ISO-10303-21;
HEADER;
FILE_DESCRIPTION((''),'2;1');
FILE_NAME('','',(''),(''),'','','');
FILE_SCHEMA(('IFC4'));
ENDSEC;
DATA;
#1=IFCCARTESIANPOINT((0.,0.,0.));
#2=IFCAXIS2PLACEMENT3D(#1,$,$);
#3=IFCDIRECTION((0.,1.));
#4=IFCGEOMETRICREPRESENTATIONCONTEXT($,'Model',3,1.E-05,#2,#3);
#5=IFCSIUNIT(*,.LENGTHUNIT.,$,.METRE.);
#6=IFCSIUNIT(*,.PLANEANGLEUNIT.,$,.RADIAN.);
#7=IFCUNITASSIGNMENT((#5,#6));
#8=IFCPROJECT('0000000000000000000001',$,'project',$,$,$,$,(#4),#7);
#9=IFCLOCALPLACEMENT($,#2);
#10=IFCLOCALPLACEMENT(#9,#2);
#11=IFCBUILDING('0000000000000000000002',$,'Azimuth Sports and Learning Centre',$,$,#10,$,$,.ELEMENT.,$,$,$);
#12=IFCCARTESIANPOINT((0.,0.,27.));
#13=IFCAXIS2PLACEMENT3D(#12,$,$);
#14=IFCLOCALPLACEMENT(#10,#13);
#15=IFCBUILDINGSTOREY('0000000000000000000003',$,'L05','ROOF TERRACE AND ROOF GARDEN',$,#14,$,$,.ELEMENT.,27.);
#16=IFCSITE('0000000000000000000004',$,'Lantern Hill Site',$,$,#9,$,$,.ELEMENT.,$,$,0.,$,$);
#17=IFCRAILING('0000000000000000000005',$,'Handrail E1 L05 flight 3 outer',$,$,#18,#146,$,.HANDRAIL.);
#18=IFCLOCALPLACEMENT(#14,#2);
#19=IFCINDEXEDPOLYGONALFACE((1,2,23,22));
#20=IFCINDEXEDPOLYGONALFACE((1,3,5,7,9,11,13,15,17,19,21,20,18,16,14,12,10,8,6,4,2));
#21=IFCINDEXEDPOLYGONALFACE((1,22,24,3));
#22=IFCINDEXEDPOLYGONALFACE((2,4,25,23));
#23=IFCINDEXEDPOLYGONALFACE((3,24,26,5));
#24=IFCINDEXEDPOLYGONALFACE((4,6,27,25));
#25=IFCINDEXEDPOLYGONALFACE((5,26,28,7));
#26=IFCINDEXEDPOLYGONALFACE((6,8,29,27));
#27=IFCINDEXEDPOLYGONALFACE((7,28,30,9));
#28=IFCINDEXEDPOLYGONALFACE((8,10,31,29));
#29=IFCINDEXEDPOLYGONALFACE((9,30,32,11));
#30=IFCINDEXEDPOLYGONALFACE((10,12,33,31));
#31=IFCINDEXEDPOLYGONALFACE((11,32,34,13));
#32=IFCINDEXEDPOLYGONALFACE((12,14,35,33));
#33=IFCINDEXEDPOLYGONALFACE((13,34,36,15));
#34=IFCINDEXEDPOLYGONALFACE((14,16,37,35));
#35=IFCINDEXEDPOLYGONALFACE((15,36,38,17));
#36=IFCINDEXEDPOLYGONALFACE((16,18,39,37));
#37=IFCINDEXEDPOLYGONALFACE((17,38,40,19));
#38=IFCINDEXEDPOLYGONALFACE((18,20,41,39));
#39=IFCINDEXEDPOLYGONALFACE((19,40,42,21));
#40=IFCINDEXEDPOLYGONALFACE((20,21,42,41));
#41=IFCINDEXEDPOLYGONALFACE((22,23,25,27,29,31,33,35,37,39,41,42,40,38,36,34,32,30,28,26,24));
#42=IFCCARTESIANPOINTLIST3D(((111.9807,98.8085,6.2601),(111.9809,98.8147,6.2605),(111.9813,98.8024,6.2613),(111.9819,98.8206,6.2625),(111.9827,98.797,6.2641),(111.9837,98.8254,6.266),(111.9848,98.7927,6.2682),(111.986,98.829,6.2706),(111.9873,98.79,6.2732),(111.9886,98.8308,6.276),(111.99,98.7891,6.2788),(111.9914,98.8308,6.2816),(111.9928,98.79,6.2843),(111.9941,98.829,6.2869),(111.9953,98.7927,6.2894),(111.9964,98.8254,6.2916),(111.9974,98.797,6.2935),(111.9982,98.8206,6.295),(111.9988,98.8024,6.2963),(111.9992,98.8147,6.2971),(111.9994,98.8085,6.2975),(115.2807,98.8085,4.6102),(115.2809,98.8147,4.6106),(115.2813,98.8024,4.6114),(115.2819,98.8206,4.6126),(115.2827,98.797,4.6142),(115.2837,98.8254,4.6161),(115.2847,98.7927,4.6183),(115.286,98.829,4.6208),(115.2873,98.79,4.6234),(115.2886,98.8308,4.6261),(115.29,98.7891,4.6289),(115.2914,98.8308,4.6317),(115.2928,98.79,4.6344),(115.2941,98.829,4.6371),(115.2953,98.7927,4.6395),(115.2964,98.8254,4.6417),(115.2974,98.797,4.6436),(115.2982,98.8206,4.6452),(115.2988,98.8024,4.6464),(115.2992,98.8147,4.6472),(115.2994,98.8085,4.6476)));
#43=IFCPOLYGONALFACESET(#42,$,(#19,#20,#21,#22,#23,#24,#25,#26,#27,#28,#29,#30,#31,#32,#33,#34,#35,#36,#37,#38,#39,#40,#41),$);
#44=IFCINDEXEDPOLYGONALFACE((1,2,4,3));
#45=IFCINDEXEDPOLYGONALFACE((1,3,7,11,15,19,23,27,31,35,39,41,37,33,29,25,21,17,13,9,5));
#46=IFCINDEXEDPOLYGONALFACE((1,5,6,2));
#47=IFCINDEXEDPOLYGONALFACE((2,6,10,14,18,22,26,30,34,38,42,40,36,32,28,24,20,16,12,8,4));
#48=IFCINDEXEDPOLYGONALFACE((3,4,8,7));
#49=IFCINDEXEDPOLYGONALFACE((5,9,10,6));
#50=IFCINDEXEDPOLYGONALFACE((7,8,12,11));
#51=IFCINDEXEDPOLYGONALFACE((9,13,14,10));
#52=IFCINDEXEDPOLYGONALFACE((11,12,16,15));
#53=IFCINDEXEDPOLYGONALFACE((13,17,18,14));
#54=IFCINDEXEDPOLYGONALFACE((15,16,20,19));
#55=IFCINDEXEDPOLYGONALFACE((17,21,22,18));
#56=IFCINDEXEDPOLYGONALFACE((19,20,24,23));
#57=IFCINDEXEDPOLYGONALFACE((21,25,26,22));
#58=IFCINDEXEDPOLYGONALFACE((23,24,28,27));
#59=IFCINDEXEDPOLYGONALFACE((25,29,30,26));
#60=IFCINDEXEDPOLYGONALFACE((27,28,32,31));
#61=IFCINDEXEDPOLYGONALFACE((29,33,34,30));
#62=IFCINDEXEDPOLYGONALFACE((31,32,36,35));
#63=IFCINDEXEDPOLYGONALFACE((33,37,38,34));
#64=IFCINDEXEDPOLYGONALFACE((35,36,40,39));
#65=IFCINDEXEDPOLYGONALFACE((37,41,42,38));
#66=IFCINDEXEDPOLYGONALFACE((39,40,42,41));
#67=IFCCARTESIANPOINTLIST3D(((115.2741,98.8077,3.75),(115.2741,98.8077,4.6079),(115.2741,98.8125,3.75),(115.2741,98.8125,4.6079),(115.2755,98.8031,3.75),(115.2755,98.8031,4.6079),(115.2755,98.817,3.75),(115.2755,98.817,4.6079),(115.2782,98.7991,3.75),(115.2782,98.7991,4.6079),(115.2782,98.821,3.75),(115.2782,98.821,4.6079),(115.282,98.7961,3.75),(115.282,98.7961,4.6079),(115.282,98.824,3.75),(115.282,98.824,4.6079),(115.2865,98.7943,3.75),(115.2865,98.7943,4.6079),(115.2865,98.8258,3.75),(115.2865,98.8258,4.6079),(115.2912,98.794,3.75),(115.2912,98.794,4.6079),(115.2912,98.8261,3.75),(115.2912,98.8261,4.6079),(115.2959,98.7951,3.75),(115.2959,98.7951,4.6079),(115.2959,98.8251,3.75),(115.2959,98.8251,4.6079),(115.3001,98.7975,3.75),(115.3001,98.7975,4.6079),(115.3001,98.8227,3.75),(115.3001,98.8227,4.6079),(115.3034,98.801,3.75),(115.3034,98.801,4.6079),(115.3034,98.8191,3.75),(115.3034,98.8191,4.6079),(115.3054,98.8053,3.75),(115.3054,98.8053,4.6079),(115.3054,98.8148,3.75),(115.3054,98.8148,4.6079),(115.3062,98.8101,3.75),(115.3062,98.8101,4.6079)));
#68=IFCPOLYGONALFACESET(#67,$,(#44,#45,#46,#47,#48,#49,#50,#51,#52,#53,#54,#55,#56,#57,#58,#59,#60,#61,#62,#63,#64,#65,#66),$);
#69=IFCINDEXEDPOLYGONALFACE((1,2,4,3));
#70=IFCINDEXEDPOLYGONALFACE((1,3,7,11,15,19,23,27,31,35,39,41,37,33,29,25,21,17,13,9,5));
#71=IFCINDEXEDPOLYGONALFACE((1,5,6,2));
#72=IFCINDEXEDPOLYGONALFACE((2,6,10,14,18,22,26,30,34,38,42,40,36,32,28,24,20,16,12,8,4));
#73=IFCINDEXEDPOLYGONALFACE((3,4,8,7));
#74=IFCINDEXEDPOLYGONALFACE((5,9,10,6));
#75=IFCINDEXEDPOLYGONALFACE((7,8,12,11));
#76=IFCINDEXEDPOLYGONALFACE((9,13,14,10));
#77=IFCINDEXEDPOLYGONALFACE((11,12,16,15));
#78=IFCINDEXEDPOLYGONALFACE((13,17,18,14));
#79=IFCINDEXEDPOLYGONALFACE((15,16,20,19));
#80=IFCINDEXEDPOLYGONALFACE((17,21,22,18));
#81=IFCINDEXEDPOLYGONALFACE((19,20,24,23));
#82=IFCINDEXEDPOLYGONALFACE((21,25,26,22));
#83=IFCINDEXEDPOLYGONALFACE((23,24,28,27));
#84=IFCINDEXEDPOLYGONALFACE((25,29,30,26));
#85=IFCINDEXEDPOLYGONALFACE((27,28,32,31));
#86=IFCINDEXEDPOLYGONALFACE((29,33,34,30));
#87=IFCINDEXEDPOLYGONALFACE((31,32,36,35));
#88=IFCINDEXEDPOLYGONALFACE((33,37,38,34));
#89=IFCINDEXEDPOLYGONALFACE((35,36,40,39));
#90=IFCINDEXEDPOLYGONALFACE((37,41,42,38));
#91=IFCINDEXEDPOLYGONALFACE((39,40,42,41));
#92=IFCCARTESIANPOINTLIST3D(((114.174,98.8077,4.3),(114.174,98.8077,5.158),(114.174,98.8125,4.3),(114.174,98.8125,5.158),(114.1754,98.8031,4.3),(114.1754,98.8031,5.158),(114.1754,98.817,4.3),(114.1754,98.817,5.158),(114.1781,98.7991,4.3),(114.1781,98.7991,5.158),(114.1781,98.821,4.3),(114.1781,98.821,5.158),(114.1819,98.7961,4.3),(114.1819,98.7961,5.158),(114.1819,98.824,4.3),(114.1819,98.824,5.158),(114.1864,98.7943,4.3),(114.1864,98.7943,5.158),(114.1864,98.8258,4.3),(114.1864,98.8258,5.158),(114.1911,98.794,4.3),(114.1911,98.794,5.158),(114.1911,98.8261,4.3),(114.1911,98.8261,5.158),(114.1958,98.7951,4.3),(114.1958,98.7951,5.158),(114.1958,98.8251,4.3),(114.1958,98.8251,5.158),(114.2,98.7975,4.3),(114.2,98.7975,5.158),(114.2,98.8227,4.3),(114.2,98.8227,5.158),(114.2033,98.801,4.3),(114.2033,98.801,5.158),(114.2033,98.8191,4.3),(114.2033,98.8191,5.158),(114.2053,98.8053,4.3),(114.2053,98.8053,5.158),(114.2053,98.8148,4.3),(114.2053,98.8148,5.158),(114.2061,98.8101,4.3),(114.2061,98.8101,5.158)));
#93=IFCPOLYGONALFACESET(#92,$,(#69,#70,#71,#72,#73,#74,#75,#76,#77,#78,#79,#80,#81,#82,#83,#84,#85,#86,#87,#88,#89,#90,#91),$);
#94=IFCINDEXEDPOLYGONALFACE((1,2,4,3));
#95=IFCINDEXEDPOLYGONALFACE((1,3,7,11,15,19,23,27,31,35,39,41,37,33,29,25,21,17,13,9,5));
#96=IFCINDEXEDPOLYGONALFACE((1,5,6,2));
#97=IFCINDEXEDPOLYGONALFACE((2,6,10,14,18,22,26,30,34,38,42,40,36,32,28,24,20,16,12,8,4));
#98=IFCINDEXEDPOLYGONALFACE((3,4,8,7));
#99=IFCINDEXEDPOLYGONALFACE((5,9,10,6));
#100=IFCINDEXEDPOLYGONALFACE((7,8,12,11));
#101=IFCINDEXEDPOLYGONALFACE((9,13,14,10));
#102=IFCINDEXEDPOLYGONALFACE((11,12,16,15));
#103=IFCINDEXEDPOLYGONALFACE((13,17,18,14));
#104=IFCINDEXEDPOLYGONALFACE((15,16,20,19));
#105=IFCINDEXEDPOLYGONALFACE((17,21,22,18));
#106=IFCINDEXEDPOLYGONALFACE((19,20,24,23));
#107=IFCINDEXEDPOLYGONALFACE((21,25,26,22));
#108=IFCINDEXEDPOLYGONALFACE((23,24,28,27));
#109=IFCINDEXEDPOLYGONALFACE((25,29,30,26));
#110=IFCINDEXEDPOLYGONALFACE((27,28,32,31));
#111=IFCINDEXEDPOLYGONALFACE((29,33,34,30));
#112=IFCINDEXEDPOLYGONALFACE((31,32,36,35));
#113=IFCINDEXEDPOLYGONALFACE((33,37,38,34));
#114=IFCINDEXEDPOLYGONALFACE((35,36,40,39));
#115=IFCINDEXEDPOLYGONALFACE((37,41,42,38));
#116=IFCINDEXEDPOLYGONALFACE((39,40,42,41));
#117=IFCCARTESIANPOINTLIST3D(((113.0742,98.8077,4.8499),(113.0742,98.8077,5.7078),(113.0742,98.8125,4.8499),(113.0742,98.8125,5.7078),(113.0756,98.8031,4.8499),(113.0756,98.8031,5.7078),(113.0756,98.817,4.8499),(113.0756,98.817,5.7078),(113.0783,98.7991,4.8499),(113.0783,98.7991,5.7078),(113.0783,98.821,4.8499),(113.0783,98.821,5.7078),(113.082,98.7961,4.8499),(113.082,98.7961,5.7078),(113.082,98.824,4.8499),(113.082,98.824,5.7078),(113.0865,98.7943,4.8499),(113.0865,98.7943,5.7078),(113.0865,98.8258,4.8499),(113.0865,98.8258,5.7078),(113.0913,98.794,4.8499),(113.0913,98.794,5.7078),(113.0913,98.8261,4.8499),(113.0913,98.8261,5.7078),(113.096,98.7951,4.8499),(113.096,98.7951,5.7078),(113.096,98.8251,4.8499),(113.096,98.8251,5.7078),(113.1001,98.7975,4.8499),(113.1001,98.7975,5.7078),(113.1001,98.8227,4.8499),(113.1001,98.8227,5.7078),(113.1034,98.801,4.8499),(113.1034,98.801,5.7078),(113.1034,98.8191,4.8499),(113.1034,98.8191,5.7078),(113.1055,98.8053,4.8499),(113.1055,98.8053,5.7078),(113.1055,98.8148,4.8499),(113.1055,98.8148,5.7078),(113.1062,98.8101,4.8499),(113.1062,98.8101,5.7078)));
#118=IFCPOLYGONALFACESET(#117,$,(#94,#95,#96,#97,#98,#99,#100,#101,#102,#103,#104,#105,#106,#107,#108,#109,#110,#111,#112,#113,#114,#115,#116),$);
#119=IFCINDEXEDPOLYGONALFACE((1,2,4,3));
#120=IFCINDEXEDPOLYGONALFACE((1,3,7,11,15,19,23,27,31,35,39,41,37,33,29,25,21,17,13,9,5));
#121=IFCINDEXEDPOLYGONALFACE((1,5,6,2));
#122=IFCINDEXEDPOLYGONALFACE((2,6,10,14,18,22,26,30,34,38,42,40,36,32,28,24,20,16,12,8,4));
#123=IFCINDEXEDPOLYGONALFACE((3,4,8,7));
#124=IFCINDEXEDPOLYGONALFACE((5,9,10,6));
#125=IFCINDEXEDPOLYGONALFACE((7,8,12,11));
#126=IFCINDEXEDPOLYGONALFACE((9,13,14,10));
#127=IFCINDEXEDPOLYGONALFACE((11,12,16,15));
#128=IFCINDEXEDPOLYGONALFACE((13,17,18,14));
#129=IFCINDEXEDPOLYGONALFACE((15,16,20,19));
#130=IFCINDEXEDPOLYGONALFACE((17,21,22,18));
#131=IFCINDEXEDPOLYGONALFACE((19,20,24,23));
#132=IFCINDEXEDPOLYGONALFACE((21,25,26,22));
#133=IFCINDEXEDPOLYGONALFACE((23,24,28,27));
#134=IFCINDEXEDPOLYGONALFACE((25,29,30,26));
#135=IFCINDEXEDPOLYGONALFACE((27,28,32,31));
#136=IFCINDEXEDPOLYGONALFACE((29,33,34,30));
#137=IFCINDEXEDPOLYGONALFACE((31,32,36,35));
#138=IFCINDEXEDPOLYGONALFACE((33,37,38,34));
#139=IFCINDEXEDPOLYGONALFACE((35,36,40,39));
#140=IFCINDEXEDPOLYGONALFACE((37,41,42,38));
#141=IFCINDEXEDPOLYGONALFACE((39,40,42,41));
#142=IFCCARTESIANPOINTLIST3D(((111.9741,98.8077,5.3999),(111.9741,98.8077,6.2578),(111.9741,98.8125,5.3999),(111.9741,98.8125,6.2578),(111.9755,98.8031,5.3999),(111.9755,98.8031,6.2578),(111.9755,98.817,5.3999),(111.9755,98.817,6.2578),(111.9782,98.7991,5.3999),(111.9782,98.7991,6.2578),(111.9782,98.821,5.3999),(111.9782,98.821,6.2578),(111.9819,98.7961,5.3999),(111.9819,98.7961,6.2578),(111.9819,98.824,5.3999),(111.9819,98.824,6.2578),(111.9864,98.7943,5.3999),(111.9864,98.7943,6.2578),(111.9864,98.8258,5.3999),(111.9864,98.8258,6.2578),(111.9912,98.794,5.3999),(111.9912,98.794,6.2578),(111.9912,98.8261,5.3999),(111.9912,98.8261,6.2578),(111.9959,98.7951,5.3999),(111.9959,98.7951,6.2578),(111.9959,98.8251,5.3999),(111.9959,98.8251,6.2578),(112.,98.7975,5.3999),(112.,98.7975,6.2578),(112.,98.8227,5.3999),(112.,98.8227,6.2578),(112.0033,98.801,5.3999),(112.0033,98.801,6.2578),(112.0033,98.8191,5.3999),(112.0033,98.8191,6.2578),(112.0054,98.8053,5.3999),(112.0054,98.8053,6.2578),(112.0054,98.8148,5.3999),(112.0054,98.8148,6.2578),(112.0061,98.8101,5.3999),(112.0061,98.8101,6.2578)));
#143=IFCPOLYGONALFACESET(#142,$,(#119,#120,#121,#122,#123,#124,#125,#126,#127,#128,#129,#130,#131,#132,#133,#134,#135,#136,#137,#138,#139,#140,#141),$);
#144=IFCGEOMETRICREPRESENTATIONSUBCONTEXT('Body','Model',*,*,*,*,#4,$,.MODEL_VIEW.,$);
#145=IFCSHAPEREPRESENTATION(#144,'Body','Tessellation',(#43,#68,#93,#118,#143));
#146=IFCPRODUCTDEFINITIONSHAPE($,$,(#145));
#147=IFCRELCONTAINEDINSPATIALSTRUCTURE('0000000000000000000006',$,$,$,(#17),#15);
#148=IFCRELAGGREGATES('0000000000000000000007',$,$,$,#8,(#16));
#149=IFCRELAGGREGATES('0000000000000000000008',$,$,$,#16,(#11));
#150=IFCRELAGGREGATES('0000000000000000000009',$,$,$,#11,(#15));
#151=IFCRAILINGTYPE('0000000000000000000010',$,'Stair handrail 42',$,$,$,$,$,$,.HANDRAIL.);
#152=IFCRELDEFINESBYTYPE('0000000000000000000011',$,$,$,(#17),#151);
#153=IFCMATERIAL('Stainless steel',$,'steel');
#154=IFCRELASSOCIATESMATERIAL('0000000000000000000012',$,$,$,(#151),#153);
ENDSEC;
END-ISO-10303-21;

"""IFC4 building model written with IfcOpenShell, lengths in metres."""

from ifc_helpers import new_model, si_unit, direction, frame, origin, origin_2d, place, context, subcontext, project, spatial, circle, extrude, material, type_object, element, save


model = new_model("IFC4")

# Units and contexts
model_context = context("Model", 3, precision=1e-05, world=origin(), true_north=direction((0.0, 1.0)))
body_context = subcontext(model_context, "Body", "Model", "MODEL_VIEW")
ifc_project = project(units=[si_unit("LENGTHUNIT", "METRE"), si_unit("PLANEANGLEUNIT", "RADIAN")], contexts=[model_context])

# Site, building, storey
site_placement = place(None, origin())
site = spatial("IfcSite", under=ifc_project, at=site_placement, Name="Lantern Hill Site", CompositionType="ELEMENT", RefElevation=0.0)
building_placement = place(site_placement, origin())
building = spatial("IfcBuilding", under=site, at=building_placement, Name="Azimuth Sports and Learning Centre", CompositionType="ELEMENT")
storey_placement = place(building_placement, frame((0.0, 0.0, 27.0)))
storey = spatial("IfcBuildingStorey", under=building, at=storey_placement, Name="L05", Description="ROOF TERRACE AND ROOF GARDEN", CompositionType="ELEMENT", Elevation=27.0)

# Railing
ifc_material_1 = material(Name="Stainless steel", Category="steel")
railing_type_1 = type_object("IfcRailingType", Name="Stair handrail 42", PredefinedType="HANDRAIL", material=ifc_material_1)
for number, where, name in (
    (1, (115.29, 98.8101, 3.75), "Handrail E1 L05 flight 3 outer"),
):
    element("IfcRailing", number, at=place(storey_placement, frame(where)), inside=storey, type_object=railing_type_1, Name=name, PredefinedType="HANDRAIL", context=body_context, shape_type="SweptSolid", body=[
        extrude(circle(Radius=0.021, at=origin_2d()), frame((0.0, 0.0, 0.8789), z_axis=(-0.89444, 0.0, 0.447187), x_axis=(0.0, -1.0, 0.0)), (0.0, 0.0, 1.0), 3.6895),
        extrude(circle(Radius=0.0161, at=origin_2d()), origin(), (0.0, 0.0, 1.0), 0.8579),
        extrude(circle(Radius=0.0161, at=origin_2d()), frame((-1.1001, 0.0, 0.55)), (0.0, 0.0, 1.0), 0.8579),
        extrude(circle(Radius=0.0161, at=origin_2d()), frame((-2.2, 0.0, 1.0999)), (0.0, 0.0, 1.0), 0.8579),
        extrude(circle(Radius=0.0161, at=origin_2d()), frame((-3.3, 0.0, 1.6499)), (0.0, 0.0, 1.0), 0.8579),
    ])

save(model, "model.ifc")
